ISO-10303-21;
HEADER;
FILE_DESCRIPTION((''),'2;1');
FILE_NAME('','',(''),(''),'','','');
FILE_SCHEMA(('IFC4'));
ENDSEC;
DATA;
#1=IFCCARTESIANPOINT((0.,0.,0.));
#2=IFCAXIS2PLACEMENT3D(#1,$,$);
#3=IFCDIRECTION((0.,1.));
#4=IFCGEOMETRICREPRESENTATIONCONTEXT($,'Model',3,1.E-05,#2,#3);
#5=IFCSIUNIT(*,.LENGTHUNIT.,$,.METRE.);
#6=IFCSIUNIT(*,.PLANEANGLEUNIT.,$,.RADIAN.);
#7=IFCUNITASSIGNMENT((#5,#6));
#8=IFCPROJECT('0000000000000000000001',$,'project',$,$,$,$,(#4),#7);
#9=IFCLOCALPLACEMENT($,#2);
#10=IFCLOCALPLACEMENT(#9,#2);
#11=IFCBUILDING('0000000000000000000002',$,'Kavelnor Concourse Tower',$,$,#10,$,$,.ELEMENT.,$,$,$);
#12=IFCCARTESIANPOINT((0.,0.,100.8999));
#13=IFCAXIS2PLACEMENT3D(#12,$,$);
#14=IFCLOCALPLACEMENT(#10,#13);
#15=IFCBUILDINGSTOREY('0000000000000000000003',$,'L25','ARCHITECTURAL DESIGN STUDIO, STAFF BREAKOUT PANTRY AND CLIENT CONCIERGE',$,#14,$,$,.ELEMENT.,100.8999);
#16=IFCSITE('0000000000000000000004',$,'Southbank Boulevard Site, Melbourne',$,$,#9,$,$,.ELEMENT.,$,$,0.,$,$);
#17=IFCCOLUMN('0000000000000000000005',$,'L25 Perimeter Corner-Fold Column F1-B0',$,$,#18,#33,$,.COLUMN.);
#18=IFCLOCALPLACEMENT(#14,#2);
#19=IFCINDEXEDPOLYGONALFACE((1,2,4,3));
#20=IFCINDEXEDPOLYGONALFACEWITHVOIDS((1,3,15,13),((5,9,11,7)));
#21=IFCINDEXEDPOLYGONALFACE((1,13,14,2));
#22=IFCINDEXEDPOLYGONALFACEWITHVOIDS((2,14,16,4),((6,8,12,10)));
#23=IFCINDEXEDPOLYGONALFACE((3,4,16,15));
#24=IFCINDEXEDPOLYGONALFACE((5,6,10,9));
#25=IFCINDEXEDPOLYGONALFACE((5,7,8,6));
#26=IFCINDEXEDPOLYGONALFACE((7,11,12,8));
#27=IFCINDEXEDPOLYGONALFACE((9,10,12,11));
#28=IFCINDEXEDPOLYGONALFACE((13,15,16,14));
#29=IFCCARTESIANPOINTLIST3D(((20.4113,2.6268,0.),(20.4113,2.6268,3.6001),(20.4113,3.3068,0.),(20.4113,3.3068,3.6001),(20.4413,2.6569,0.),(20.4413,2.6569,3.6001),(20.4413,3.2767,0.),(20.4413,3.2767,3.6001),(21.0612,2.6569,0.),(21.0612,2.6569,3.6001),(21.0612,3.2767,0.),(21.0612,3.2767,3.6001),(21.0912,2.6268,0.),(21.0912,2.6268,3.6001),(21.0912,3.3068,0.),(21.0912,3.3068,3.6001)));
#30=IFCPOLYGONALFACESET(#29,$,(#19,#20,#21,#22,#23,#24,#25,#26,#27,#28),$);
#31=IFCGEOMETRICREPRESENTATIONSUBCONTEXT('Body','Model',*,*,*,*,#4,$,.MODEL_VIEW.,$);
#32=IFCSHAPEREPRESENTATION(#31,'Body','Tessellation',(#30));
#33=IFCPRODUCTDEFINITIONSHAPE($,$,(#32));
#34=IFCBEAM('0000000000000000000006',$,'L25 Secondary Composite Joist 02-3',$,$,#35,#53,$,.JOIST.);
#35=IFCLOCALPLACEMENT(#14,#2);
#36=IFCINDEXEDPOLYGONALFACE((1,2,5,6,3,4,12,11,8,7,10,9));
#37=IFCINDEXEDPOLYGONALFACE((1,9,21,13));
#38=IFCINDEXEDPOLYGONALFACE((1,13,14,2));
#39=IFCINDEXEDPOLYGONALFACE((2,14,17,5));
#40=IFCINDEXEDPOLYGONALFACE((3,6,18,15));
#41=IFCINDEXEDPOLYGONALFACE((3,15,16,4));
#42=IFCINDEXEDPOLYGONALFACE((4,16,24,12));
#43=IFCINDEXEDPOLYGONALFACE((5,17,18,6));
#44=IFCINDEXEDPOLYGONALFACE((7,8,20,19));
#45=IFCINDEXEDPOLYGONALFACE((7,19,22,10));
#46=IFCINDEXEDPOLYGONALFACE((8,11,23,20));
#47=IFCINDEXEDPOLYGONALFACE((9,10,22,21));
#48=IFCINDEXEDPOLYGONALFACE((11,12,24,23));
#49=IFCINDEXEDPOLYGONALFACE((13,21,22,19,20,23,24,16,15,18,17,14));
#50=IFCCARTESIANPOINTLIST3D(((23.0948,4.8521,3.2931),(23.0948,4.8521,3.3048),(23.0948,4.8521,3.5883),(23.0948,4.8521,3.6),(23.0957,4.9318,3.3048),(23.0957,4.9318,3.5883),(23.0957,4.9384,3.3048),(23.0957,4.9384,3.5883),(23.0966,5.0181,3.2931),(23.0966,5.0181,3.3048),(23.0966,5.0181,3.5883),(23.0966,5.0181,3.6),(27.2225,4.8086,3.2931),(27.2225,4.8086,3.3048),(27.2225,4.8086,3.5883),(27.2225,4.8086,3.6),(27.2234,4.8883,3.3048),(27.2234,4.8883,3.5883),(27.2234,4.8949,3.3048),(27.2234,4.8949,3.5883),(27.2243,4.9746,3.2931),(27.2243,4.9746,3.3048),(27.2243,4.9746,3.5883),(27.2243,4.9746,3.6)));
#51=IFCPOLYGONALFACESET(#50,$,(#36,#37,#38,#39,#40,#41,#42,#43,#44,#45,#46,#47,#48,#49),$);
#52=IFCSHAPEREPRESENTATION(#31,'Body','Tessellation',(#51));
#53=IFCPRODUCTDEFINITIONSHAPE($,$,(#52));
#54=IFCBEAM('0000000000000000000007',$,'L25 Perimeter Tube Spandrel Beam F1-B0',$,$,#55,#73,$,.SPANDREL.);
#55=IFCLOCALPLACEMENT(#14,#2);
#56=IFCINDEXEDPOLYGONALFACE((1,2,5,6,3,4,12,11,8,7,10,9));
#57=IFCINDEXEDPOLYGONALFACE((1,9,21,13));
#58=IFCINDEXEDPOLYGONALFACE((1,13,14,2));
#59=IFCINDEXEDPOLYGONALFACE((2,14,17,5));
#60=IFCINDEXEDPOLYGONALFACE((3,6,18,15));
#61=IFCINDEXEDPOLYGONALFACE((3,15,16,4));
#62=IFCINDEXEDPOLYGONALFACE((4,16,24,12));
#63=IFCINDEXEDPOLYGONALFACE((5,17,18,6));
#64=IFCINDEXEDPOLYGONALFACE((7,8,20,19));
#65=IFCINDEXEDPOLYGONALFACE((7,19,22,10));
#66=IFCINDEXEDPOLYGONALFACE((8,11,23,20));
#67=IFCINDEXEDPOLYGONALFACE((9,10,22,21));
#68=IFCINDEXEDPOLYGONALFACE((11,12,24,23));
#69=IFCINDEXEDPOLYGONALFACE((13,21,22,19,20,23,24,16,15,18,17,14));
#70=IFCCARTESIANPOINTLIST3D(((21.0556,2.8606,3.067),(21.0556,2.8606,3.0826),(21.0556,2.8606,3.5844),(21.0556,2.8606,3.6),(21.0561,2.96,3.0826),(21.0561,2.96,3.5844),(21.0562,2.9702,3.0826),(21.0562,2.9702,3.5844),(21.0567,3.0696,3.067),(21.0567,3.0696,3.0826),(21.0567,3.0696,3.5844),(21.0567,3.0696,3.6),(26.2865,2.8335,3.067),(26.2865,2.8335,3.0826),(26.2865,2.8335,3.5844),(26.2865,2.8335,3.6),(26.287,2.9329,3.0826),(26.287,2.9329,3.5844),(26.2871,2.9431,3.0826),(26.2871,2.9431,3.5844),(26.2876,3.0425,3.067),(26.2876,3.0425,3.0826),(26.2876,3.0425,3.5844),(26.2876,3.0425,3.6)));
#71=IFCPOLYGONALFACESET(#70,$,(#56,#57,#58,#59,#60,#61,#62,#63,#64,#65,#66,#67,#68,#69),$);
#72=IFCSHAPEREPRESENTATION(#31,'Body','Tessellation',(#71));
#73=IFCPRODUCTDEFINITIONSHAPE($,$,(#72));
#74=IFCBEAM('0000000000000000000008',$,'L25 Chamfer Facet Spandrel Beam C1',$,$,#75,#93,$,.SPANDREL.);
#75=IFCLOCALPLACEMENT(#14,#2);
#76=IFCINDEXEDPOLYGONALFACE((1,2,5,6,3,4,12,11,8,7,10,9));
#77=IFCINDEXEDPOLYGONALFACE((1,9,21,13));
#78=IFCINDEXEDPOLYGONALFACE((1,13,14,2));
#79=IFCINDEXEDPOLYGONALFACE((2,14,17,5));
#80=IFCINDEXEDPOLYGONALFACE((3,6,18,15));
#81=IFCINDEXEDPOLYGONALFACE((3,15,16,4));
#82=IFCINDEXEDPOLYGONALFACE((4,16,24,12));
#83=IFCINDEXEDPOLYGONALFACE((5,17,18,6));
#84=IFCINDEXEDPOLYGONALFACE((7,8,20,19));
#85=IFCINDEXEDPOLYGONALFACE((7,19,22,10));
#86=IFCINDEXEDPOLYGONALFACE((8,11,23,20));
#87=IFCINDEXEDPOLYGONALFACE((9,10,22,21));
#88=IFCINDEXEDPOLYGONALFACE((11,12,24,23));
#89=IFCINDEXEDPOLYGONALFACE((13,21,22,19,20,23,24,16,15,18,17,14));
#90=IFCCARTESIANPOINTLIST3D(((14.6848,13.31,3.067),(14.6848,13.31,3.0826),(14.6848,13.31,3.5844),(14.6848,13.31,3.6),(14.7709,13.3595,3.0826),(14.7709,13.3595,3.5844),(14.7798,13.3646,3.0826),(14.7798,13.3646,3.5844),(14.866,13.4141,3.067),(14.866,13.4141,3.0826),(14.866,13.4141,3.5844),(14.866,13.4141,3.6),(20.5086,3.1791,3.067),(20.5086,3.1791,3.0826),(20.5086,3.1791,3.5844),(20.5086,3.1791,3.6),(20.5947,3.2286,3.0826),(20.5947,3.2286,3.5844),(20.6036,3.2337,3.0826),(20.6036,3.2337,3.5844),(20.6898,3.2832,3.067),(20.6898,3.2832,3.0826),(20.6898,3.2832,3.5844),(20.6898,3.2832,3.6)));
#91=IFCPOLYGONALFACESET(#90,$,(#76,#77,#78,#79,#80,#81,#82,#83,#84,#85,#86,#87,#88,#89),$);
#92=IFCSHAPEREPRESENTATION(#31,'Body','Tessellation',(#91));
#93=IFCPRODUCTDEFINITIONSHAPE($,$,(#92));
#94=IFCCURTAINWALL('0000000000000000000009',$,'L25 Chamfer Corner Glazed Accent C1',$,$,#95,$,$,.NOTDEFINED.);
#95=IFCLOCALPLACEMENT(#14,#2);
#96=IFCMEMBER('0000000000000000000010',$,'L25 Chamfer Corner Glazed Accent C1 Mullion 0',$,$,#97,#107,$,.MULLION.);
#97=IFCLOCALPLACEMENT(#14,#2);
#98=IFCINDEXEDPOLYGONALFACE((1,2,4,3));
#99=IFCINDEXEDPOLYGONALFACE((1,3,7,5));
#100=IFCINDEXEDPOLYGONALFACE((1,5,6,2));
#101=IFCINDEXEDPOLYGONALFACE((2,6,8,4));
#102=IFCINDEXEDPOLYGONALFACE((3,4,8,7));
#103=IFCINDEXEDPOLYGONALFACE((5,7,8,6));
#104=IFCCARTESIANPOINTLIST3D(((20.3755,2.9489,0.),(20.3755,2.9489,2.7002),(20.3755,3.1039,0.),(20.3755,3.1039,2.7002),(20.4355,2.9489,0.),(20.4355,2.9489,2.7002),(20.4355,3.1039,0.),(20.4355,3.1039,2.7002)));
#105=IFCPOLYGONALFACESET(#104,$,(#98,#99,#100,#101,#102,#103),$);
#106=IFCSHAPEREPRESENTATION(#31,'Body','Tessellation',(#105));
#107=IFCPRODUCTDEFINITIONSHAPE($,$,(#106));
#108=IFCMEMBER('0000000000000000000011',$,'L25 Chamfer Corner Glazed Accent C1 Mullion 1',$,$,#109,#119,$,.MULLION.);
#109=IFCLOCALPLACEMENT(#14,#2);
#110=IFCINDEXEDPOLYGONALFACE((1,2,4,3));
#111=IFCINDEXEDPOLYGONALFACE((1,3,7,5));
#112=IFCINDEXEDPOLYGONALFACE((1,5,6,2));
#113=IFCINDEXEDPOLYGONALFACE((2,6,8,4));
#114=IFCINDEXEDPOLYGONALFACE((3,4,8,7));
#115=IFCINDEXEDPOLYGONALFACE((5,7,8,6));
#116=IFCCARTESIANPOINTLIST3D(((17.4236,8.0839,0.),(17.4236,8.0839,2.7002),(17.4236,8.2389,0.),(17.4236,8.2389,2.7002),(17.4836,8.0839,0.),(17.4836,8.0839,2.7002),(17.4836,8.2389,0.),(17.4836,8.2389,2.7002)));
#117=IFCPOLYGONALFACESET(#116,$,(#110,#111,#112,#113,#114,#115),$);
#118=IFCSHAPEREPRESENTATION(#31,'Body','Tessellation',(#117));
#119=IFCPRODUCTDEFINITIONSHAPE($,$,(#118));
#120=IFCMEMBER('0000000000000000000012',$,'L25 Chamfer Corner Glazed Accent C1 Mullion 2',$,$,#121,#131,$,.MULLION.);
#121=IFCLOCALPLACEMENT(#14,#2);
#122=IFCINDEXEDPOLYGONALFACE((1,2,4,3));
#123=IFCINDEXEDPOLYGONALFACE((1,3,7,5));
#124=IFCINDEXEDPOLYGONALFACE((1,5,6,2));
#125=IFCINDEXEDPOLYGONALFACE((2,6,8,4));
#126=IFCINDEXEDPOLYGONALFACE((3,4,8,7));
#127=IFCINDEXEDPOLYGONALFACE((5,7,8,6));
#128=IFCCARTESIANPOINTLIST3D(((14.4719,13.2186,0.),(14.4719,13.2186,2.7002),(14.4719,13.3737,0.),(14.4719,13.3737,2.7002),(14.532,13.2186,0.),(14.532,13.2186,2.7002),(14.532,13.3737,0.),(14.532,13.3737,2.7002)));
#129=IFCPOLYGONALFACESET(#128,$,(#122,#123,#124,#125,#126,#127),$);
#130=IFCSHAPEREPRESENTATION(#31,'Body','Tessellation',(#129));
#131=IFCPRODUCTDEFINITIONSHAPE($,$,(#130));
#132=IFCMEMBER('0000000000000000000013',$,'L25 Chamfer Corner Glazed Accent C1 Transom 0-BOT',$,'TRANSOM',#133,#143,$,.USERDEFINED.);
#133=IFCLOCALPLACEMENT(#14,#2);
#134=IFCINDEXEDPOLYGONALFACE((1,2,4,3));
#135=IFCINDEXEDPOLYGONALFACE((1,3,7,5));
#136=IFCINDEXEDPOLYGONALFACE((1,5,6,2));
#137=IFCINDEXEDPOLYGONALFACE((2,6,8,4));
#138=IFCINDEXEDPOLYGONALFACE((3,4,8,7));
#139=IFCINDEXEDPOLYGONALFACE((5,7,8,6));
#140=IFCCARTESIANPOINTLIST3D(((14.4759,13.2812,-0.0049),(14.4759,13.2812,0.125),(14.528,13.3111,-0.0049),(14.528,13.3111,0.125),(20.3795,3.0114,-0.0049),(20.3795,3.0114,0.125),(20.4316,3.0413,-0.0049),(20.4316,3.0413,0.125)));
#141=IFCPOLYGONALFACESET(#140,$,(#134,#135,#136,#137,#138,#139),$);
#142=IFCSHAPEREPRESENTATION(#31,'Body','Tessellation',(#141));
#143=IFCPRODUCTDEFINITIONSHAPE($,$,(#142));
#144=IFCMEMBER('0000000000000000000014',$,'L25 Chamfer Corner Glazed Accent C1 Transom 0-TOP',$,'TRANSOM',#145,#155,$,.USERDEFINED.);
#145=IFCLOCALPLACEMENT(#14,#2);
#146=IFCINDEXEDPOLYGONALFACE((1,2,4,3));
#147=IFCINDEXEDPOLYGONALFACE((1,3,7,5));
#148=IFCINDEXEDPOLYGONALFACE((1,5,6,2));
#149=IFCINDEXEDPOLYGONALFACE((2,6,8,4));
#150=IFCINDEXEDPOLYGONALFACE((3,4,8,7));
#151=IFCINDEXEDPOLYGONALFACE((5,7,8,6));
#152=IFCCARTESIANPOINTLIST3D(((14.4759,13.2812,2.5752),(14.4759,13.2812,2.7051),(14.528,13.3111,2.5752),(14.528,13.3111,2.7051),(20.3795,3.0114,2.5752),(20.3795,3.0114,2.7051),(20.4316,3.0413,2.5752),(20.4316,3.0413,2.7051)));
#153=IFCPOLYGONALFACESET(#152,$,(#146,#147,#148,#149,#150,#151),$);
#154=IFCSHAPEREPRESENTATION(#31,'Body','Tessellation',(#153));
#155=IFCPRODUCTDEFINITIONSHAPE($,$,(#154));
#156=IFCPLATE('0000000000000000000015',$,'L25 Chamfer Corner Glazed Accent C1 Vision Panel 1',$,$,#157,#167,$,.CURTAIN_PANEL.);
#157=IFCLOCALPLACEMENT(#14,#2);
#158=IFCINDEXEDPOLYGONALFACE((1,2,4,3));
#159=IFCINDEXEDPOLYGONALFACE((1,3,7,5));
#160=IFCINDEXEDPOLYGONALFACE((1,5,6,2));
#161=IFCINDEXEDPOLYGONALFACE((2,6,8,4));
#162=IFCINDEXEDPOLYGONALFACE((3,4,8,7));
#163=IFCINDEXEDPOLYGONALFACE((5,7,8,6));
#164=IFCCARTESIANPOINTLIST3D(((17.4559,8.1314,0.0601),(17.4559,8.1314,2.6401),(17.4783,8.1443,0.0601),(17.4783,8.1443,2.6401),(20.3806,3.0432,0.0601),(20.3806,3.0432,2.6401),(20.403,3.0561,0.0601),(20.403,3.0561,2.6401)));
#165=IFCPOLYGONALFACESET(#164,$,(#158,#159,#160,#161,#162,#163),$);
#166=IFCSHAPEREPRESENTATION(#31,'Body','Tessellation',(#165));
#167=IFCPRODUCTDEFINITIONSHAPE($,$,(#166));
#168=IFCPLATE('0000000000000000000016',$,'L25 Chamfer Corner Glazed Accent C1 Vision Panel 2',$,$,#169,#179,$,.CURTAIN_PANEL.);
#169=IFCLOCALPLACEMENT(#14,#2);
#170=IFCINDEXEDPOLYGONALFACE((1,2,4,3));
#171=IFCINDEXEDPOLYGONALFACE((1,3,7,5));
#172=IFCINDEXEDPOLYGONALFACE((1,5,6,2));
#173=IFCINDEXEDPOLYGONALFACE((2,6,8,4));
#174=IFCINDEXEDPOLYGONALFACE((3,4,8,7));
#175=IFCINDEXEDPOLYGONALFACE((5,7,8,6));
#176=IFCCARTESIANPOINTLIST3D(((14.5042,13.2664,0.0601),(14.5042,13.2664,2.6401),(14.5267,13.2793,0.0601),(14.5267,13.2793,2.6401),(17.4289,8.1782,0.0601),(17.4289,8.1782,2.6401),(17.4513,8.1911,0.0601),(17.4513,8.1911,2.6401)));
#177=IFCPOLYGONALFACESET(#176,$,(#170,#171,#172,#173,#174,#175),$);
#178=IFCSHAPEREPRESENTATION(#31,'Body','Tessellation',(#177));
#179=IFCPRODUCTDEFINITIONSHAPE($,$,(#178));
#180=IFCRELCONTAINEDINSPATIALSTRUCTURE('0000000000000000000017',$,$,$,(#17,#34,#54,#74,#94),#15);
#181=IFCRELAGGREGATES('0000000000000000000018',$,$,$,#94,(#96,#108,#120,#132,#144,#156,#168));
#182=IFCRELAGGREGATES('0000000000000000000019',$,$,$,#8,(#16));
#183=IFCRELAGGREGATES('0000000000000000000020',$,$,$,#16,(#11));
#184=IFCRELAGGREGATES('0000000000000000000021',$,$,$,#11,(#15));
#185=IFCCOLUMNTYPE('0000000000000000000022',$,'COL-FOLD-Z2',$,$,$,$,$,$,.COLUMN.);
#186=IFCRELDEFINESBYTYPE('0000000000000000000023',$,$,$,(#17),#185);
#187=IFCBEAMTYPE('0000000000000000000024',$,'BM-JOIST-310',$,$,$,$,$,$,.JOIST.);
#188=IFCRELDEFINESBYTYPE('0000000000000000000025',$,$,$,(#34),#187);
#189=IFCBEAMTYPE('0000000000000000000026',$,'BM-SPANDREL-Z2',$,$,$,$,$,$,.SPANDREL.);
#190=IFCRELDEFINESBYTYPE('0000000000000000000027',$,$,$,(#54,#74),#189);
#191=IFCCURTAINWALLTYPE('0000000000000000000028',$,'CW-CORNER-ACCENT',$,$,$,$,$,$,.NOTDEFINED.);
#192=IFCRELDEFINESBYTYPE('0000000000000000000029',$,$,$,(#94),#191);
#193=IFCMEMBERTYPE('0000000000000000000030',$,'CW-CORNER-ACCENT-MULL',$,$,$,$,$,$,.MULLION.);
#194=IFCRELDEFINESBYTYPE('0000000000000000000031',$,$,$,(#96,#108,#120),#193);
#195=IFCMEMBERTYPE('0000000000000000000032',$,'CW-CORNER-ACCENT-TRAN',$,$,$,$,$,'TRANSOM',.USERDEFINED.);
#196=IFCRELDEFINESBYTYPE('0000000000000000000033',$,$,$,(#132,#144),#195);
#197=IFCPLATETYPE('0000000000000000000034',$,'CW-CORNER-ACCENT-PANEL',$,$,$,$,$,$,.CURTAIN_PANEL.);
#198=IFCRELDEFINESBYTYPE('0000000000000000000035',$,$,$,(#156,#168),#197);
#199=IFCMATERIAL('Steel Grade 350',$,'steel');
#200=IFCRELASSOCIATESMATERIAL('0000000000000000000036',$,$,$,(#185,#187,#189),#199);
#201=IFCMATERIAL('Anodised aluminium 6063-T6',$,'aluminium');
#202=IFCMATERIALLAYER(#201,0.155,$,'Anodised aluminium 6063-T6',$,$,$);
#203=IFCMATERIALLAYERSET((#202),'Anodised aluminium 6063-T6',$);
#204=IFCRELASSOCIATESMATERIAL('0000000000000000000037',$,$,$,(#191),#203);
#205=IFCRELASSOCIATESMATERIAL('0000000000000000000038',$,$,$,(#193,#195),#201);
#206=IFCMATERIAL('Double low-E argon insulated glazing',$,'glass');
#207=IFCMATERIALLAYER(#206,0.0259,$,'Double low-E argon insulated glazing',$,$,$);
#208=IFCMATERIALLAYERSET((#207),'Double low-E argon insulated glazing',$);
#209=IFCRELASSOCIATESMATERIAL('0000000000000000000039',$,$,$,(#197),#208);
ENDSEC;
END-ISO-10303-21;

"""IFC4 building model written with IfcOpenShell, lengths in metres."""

from ifc_helpers import new_model, si_unit, direction, frame, origin, origin_2d, place, context, subcontext, project, spatial, rectangle, hollow_rectangle, i_section, extrude, material, layer, layer_set, material_profile, profile_set, type_object, element, aggregate, save


model = new_model("IFC4")

# Units and contexts
model_context = context("Model", 3, precision=1e-05, world=origin(), true_north=direction((0.0, 1.0)))
body_context = subcontext(model_context, "Body", "Model", "MODEL_VIEW")
ifc_project = project(units=[si_unit("LENGTHUNIT", "METRE"), si_unit("PLANEANGLEUNIT", "RADIAN")], contexts=[model_context])

# Site, building, storey
site_placement = place(None, origin())
site = spatial("IfcSite", under=ifc_project, at=site_placement, Name="Southbank Boulevard Site, Melbourne", CompositionType="ELEMENT", RefElevation=0.0)
building_placement = place(site_placement, origin())
building = spatial("IfcBuilding", under=site, at=building_placement, Name="Kavelnor Concourse Tower", CompositionType="ELEMENT")
storey_placement = place(building_placement, frame((0.0, 0.0, 100.8999)))
storey = spatial("IfcBuildingStorey", under=building, at=storey_placement, Name="L25", Description="ARCHITECTURAL DESIGN STUDIO, STAFF BREAKOUT PANTRY AND CLIENT CONCIERGE", CompositionType="ELEMENT", Elevation=100.8999)

# Column
ifc_material_1 = material(Name="Steel Grade 350", Category="steel")
ifc_material_profile_1 = material_profile(ifc_material_1, hollow_rectangle(XDim=0.6799, YDim=0.6799, WallThickness=0.03, at=origin_2d()), Name="SHS 680x680x30")
ifc_profile_set_1 = profile_set([ifc_material_profile_1], Name="Steel Grade 350")
column_type = type_object("IfcColumnType", Name="COL-FOLD-Z2", PredefinedType="COLUMN", material=ifc_profile_set_1)
column_placement = place(storey_placement, frame((20.7512, 2.9668, 0.0), z_axis=(0.0, 0.0, 1.0), x_axis=(1.0, 0.0, 0.0)))
element("IfcColumn", 1, at=column_placement, inside=storey, type_object=column_type, Name="L25 Perimeter Corner-Fold Column F1-B0", PredefinedType="COLUMN", context=body_context, shape_type="SweptSolid", body=[
    extrude(hollow_rectangle(XDim=0.6799, YDim=0.6799, WallThickness=0.03, at=origin_2d()), origin(), (0.0, 0.0, 1.0), 3.6001),
])

# Beams
ifc_material_profile_2 = material_profile(ifc_material_1, i_section(OverallWidth=0.166, OverallDepth=0.3069, WebThickness=0.0066, FlangeThickness=0.0117, at=origin_2d()), Name="310UB46")
ifc_profile_set_2 = profile_set([ifc_material_profile_2], Name="Steel Grade 350")
beam_type_1 = type_object("IfcBeamType", Name="BM-JOIST-310", PredefinedType="JOIST", material=ifc_profile_set_2)
beam_1_placement = place(storey_placement, frame((23.0957, 4.9351, 3.4465), z_axis=(0.999945, -0.010528, 0.0), x_axis=(0.010528, 0.999945, 0.0)))
element("IfcBeam", 2, at=beam_1_placement, inside=storey, type_object=beam_type_1, Name="L25 Secondary Composite Joist 02-3", PredefinedType="JOIST", context=body_context, shape_type="SweptSolid", body=[
    extrude(i_section(OverallWidth=0.166, OverallDepth=0.3069, WebThickness=0.0066, FlangeThickness=0.0117, at=origin_2d()), origin(), (0.0, 0.0, 1.0), 4.1279),
])
ifc_material_profile_3 = material_profile(ifc_material_1, i_section(OverallWidth=0.209, OverallDepth=0.533, WebThickness=0.0103, FlangeThickness=0.0156, at=origin_2d()), Name="530UB92")
ifc_profile_set_3 = profile_set([ifc_material_profile_3], Name="Steel Grade 350")
beam_type_2 = type_object("IfcBeamType", Name="BM-SPANDREL-Z2", PredefinedType="SPANDREL", material=ifc_profile_set_3)
beam_2_placement = place(storey_placement, frame((21.0562, 2.9651, 3.3335), z_axis=(0.999987, -0.005181, 0.0), x_axis=(0.005181, 0.999987, 0.0)))
element("IfcBeam", 3, at=beam_2_placement, inside=storey, type_object=beam_type_2, Name="L25 Perimeter Tube Spandrel Beam F1-B0", PredefinedType="SPANDREL", context=body_context, shape_type="SweptSolid", body=[
    extrude(i_section(OverallWidth=0.209, OverallDepth=0.533, WebThickness=0.0103, FlangeThickness=0.0156, at=origin_2d()), origin(), (0.0, 0.0, 1.0), 5.231),
])
beam_3_placement = place(storey_placement, frame((14.7754, 13.3621, 3.3335), z_axis=(0.498374, -0.866962, 0.0), x_axis=(0.866962, 0.498374, 0.0)))
element("IfcBeam", 4, at=beam_3_placement, inside=storey, type_object=beam_type_2, Name="L25 Chamfer Facet Spandrel Beam C1", PredefinedType="SPANDREL", context=body_context, shape_type="SweptSolid", body=[
    extrude(i_section(OverallWidth=0.209, OverallDepth=0.533, WebThickness=0.0103, FlangeThickness=0.0156, at=origin_2d()), origin(), (0.0, 0.0, 1.0), 11.6855),
])

# Curtain wall, members, plates
ifc_material_2 = material(Name="Anodised aluminium 6063-T6", Category="aluminium")
ifc_layer_1 = layer(ifc_material_2, 0.155, Name="Anodised aluminium 6063-T6")
ifc_layer_set_1 = layer_set([ifc_layer_1], Name="Anodised aluminium 6063-T6")
curtain_wall_type = type_object("IfcCurtainWallType", Name="CW-CORNER-ACCENT", PredefinedType="NOTDEFINED", material=ifc_layer_set_1)
curtain_wall_placement = place(storey_placement, origin())
curtain_wall = element("IfcCurtainWall", 5, at=curtain_wall_placement, inside=storey, type_object=curtain_wall_type, Name="L25 Chamfer Corner Glazed Accent C1", PredefinedType="NOTDEFINED")
ifc_material_profile_4 = material_profile(ifc_material_2, rectangle(XDim=0.0601, YDim=0.155, at=origin_2d()), Name="AL-MULL 60x155")
ifc_profile_set_4 = profile_set([ifc_material_profile_4], Name="Anodised aluminium 6063-T6")
member_type_1 = type_object("IfcMemberType", Name="CW-CORNER-ACCENT-MULL", PredefinedType="MULLION", material=ifc_profile_set_4)
member_1_placement = place(storey_placement, frame((20.4055, 3.0264, 0.0), z_axis=(0.0, 0.0, 1.0), x_axis=(1.0, 0.0, 0.0)))
member_1 = element("IfcMember", 6, at=member_1_placement, type_object=member_type_1, Name="L25 Chamfer Corner Glazed Accent C1 Mullion 0", PredefinedType="MULLION", context=body_context, shape_type="SweptSolid", body=[
    extrude(rectangle(XDim=0.0601, YDim=0.155, at=origin_2d()), origin(), (0.0, 0.0, 1.0), 2.7002),
])
member_2_placement = place(storey_placement, frame((17.4536, 8.1614, 0.0), z_axis=(0.0, 0.0, 1.0), x_axis=(1.0, 0.0, 0.0)))
member_2 = element("IfcMember", 7, at=member_2_placement, type_object=member_type_1, Name="L25 Chamfer Corner Glazed Accent C1 Mullion 1", PredefinedType="MULLION", context=body_context, shape_type="SweptSolid", body=[
    extrude(rectangle(XDim=0.0601, YDim=0.155, at=origin_2d()), origin(), (0.0, 0.0, 1.0), 2.7002),
])
member_3_placement = place(storey_placement, frame((14.502, 13.2961, 0.0), z_axis=(0.0, 0.0, 1.0), x_axis=(1.0, 0.0, 0.0)))
member_3 = element("IfcMember", 8, at=member_3_placement, type_object=member_type_1, Name="L25 Chamfer Corner Glazed Accent C1 Mullion 2", PredefinedType="MULLION", context=body_context, shape_type="SweptSolid", body=[
    extrude(rectangle(XDim=0.0601, YDim=0.155, at=origin_2d()), origin(), (0.0, 0.0, 1.0), 2.7002),
])
ifc_material_profile_5 = material_profile(ifc_material_2, rectangle(XDim=0.0601, YDim=0.1299, at=origin_2d()), Name="AL-TRAN 60x130")
ifc_profile_set_5 = profile_set([ifc_material_profile_5], Name="Anodised aluminium 6063-T6")
member_type_2 = type_object("IfcMemberType", Name="CW-CORNER-ACCENT-TRAN", ElementType="TRANSOM", PredefinedType="USERDEFINED", material=ifc_profile_set_5)
member_4_placement = place(storey_placement, frame((20.4055, 3.0264, 0.0601), z_axis=(-0.498372, 0.866963, 0.0), x_axis=(-0.866963, -0.498372, 0.0)))
member_4 = element("IfcMember", 9, at=member_4_placement, type_object=member_type_2, Name="L25 Chamfer Corner Glazed Accent C1 Transom 0-BOT", ObjectType="TRANSOM", PredefinedType="USERDEFINED", context=body_context, shape_type="SweptSolid", body=[
    extrude(rectangle(XDim=0.0601, YDim=0.1299, at=origin_2d()), origin(), (0.0, 0.0, 1.0), 11.8457),
])
member_5_placement = place(storey_placement, frame((20.4055, 3.0264, 2.6401), z_axis=(-0.498372, 0.866963, 0.0), x_axis=(-0.866963, -0.498372, 0.0)))
member_5 = element("IfcMember", 10, at=member_5_placement, type_object=member_type_2, Name="L25 Chamfer Corner Glazed Accent C1 Transom 0-TOP", ObjectType="TRANSOM", PredefinedType="USERDEFINED", context=body_context, shape_type="SweptSolid", body=[
    extrude(rectangle(XDim=0.0601, YDim=0.1299, at=origin_2d()), origin(), (0.0, 0.0, 1.0), 11.8457),
])
ifc_material_3 = material(Name="Double low-E argon insulated glazing", Category="glass")
ifc_layer_2 = layer(ifc_material_3, 0.0259, Name="Double low-E argon insulated glazing")
ifc_layer_set_2 = layer_set([ifc_layer_2], Name="Double low-E argon insulated glazing")
plate_type_1 = type_object("IfcPlateType", Name="CW-CORNER-ACCENT-PANEL", PredefinedType="CURTAIN_PANEL", material=ifc_layer_set_2)
plate_1_placement = place(storey_placement, frame((18.9294, 5.5938, 0.0601), z_axis=(0.0, 0.0, 1.0), x_axis=(-0.498336, 0.866984, 0.0)))
plate_1 = element("IfcPlate", 11, at=plate_1_placement, type_object=plate_type_1, Name="L25 Chamfer Corner Glazed Accent C1 Vision Panel 1", PredefinedType="CURTAIN_PANEL", context=body_context, shape_type="SweptSolid", body=[
    extrude(rectangle(XDim=5.8689, YDim=0.0259, at=origin_2d()), origin(), (0.0, 0.0, 1.0), 2.5801),
])
plate_2_placement = place(storey_placement, frame((15.9778, 10.7288, 0.0601), z_axis=(0.0, 0.0, 1.0), x_axis=(-0.498336, 0.866984, 0.0)))
plate_2 = element("IfcPlate", 12, at=plate_2_placement, type_object=plate_type_1, Name="L25 Chamfer Corner Glazed Accent C1 Vision Panel 2", PredefinedType="CURTAIN_PANEL", context=body_context, shape_type="SweptSolid", body=[
    extrude(rectangle(XDim=5.8689, YDim=0.0259, at=origin_2d()), origin(), (0.0, 0.0, 1.0), 2.5801),
])
aggregate(curtain_wall, [member_1, member_2, member_3, member_4, member_5, plate_1, plate_2])

save(model, "model.ifc")
